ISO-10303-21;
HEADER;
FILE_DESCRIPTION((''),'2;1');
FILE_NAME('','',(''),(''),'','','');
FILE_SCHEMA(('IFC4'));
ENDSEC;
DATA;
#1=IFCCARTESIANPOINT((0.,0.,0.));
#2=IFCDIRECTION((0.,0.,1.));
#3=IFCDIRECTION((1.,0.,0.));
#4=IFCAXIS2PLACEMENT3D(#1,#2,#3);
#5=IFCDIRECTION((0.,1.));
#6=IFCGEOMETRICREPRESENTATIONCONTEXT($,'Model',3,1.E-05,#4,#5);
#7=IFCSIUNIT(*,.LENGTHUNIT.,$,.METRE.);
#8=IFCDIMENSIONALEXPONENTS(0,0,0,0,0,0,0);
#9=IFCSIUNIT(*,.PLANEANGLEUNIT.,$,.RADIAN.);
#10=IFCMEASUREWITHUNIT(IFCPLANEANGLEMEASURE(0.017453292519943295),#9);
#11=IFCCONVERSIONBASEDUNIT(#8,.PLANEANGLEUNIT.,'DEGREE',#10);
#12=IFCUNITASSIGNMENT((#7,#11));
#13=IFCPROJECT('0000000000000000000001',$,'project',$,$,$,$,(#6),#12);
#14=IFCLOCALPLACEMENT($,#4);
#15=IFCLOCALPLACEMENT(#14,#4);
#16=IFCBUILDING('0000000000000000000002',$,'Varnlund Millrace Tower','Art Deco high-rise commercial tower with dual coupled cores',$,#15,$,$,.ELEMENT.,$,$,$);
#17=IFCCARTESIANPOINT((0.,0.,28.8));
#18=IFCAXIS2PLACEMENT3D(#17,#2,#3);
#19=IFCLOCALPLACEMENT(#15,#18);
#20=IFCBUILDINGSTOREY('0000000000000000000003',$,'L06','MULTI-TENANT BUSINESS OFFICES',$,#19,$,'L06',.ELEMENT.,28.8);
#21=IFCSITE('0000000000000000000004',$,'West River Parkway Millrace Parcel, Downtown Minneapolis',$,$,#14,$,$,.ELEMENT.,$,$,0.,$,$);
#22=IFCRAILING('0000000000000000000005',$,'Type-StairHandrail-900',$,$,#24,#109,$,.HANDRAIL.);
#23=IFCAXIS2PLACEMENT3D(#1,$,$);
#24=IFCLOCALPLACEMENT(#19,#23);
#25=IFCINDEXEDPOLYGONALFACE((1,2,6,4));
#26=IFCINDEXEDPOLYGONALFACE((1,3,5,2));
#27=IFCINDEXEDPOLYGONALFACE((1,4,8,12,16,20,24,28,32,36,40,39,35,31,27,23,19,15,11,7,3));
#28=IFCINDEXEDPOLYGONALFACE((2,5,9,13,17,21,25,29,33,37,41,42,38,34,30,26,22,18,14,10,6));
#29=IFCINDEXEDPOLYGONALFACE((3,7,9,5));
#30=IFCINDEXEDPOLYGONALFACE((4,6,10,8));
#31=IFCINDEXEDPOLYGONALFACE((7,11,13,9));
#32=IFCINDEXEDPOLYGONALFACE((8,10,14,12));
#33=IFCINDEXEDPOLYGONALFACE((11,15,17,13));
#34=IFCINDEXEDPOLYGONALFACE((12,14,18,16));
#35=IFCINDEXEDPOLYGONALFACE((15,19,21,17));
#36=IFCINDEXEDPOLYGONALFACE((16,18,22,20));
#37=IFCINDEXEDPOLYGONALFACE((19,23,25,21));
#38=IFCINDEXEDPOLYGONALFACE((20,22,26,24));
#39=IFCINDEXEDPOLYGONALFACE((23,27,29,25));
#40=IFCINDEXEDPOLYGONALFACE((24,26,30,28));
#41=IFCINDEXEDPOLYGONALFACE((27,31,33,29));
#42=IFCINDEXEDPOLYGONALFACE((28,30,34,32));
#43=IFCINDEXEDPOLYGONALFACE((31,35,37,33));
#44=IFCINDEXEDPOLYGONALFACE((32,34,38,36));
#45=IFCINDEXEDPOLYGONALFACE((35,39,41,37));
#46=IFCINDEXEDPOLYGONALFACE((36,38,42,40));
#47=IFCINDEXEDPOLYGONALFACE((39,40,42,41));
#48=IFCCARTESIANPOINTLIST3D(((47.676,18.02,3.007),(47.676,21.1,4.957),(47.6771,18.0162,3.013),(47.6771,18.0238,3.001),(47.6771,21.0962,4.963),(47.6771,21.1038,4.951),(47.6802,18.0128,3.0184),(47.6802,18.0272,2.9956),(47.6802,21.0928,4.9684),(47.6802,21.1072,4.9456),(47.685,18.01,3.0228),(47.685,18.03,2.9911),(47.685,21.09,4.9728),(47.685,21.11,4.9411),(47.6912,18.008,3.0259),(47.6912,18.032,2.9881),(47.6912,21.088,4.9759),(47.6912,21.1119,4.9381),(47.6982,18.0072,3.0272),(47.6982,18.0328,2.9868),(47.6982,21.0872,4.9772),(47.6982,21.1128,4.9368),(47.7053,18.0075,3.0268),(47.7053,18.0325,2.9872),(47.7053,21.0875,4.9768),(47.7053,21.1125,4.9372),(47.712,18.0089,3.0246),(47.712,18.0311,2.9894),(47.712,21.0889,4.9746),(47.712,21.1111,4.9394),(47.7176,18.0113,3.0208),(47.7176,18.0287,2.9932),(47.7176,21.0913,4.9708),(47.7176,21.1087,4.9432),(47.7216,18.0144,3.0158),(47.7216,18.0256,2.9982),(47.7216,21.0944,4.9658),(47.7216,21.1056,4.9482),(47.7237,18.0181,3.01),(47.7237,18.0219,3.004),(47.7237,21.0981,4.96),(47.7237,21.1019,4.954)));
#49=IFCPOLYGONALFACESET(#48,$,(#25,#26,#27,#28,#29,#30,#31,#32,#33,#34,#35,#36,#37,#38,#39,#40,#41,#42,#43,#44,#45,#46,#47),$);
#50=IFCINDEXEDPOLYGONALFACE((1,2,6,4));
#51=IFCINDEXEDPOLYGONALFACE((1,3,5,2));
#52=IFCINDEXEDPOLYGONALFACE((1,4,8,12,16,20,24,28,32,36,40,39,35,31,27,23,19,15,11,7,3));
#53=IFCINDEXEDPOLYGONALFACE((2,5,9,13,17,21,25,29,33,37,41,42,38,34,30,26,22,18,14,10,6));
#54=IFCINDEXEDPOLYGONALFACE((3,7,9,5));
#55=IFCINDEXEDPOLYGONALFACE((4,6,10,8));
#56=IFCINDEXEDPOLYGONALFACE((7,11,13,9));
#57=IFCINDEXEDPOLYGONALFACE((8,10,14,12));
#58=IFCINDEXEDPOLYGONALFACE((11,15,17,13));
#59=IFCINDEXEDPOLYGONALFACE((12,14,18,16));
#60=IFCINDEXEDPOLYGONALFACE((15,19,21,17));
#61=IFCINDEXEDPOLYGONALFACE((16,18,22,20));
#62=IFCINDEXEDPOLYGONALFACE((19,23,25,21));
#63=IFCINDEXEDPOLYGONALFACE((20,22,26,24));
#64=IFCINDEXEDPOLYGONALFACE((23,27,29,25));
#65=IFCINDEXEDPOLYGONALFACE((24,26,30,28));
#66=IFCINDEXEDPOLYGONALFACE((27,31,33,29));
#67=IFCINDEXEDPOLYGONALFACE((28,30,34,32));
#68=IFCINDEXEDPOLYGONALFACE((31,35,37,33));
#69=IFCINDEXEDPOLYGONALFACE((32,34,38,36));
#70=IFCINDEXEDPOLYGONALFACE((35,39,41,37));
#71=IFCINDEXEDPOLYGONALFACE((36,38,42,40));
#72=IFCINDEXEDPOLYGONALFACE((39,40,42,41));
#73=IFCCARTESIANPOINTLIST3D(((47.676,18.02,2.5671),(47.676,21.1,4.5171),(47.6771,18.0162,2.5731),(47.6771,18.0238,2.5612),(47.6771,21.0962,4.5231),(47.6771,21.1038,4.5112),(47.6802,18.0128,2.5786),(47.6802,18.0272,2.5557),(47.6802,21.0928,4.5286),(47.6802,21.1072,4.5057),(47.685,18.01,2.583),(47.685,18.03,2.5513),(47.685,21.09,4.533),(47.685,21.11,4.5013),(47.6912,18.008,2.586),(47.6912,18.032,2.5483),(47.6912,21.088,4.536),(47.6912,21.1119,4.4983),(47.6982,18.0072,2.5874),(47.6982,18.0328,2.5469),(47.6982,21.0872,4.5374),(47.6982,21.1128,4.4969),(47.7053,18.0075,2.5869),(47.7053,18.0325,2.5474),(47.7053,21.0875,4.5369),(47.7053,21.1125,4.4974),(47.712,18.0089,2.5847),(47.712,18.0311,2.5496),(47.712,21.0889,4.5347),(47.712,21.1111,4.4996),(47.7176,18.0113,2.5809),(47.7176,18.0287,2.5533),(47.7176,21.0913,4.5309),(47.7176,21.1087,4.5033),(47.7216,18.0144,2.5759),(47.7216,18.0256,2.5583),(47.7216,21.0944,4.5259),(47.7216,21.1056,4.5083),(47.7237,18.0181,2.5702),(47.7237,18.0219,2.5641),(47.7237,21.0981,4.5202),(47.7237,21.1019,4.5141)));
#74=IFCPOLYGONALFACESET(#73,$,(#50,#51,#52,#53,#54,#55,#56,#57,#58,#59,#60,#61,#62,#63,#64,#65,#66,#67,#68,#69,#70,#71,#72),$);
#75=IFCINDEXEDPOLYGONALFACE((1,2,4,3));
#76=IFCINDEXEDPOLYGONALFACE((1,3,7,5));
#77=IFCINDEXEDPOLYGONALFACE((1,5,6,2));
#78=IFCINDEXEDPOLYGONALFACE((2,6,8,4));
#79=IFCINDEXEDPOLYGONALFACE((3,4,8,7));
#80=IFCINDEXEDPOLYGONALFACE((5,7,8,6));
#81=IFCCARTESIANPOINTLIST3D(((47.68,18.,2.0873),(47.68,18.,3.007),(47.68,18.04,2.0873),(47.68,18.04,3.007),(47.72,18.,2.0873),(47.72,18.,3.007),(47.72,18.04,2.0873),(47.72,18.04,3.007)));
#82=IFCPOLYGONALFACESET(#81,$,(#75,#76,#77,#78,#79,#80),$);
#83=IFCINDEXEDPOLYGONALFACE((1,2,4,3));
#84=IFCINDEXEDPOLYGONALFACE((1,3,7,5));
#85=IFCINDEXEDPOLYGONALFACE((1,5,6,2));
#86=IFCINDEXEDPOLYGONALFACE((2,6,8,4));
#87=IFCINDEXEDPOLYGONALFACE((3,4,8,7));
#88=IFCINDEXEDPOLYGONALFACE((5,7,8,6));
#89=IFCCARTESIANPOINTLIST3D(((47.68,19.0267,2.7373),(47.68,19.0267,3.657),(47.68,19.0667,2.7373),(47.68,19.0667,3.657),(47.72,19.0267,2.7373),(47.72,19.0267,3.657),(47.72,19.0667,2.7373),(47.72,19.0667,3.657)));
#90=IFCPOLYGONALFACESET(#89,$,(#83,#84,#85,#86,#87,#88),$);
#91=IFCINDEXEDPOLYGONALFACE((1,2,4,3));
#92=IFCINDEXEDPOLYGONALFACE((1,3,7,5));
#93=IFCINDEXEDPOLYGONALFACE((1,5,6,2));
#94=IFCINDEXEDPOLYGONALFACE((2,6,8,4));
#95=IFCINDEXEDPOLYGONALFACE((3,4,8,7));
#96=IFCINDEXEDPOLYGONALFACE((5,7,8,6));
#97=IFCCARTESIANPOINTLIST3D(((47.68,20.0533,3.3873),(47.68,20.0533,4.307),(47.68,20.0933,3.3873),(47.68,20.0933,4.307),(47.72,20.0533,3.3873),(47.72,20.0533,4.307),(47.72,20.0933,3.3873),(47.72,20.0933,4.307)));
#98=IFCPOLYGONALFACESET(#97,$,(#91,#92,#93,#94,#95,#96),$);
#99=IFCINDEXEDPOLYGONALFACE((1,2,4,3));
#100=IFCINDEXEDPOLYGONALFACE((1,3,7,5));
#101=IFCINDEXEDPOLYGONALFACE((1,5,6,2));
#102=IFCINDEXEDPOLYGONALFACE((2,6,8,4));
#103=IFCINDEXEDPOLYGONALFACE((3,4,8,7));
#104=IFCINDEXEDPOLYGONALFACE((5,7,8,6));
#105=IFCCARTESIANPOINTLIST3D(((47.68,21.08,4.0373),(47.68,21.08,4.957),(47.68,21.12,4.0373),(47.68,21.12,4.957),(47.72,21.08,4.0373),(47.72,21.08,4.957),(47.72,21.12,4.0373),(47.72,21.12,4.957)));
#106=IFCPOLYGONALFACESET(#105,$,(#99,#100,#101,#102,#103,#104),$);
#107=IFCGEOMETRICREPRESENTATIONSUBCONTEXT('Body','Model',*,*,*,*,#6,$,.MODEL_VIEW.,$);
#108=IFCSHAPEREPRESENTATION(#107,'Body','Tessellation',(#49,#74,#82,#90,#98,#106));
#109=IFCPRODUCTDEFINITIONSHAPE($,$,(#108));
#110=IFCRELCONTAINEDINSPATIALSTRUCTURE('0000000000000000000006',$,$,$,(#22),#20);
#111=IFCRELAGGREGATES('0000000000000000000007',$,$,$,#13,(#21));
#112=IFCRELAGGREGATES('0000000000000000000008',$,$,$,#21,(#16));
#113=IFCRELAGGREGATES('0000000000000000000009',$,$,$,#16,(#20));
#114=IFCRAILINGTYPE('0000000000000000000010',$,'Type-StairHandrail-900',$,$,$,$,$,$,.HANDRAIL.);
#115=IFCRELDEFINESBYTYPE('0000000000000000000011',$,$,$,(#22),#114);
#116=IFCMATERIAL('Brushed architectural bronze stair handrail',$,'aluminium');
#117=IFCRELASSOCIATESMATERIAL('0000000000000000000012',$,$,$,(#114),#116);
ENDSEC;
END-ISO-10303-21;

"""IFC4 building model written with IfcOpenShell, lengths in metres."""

from ifc_helpers import new_model, entity, si_unit, converted_unit, direction, frame, origin_with_axes, origin_2d_with_axis, place, context, subcontext, project, spatial, rectangle, circle, extrude, material, type_object, element, save


model = new_model("IFC4")

# Units and contexts
model_context = context("Model", 3, precision=1e-05, world=origin_with_axes(), true_north=direction((0.0, 1.0)))
body_context = subcontext(model_context, "Body", "Model", "MODEL_VIEW")
ifc_project = project(units=[si_unit("LENGTHUNIT", "METRE"), converted_unit("PLANEANGLEUNIT", "DEGREE", entity("IfcPlaneAngleMeasure", 0.017453292519943295), si_unit("PLANEANGLEUNIT", "RADIAN"), dimensions=[0, 0, 0, 0, 0, 0, 0])], contexts=[model_context])

# Site, building, storey
site_placement = place(None, origin_with_axes())
site = spatial("IfcSite", under=ifc_project, at=site_placement, Name="West River Parkway Millrace Parcel, Downtown Minneapolis", CompositionType="ELEMENT", RefElevation=0.0)
building_placement = place(site_placement, origin_with_axes())
building = spatial("IfcBuilding", under=site, at=building_placement, Name="Varnlund Millrace Tower", Description="Art Deco high-rise commercial tower with dual coupled cores", CompositionType="ELEMENT")
storey_placement = place(building_placement, frame((0.0, 0.0, 28.8), z_axis=(0.0, 0.0, 1.0), x_axis=(1.0, 0.0, 0.0)))
storey = spatial("IfcBuildingStorey", under=building, at=storey_placement, Name="L06", Description="MULTI-TENANT BUSINESS OFFICES", LongName="L06", CompositionType="ELEMENT", Elevation=28.8)

# Railing
ifc_material_1 = material(Name="Brushed architectural bronze stair handrail", Category="aluminium")
railing_type_1 = type_object("IfcRailingType", Name="Type-StairHandrail-900", PredefinedType="HANDRAIL", material=ifc_material_1)
railing_1_placement = place(storey_placement, frame((0.0, 0.0, -28.8), z_axis=(0.0, 0.0, 1.0), x_axis=(1.0, 0.0, 0.0)))
element("IfcRailing", 1, at=railing_1_placement, inside=storey, type_object=railing_type_1, Name="Type-StairHandrail-900", PredefinedType="HANDRAIL", context=body_context, shape_type="SweptSolid", body=[
    extrude(circle(Radius=0.024, at=origin_2d_with_axis()), frame((47.7, 18.02, 31.807), z_axis=(0.0, 0.844902, 0.534922), x_axis=(-1.0, 0.0, 0.0)), (0.0, 0.0, 1.0), 3.6454),
    extrude(circle(Radius=0.024, at=origin_2d_with_axis()), frame((47.7, 18.02, 31.3671), z_axis=(0.0, 0.844902, 0.534922), x_axis=(-1.0, 0.0, 0.0)), (0.0, 0.0, 1.0), 3.6454),
    extrude(rectangle(XDim=0.04, YDim=0.04, at=origin_2d_with_axis()), frame((47.7, 18.02, 30.8873), z_axis=(0.0, 0.0, 1.0), x_axis=(1.0, 0.0, 0.0)), (0.0, 0.0, 1.0), 0.9197),
    extrude(rectangle(XDim=0.04, YDim=0.04, at=origin_2d_with_axis()), frame((47.7, 19.0467, 31.5373), z_axis=(0.0, 0.0, 1.0), x_axis=(1.0, 0.0, 0.0)), (0.0, 0.0, 1.0), 0.9197),
    extrude(rectangle(XDim=0.04, YDim=0.04, at=origin_2d_with_axis()), frame((47.7, 20.0733, 32.1873), z_axis=(0.0, 0.0, 1.0), x_axis=(1.0, 0.0, 0.0)), (0.0, 0.0, 1.0), 0.9197),
    extrude(rectangle(XDim=0.04, YDim=0.04, at=origin_2d_with_axis()), frame((47.7, 21.1, 32.8373), z_axis=(0.0, 0.0, 1.0), x_axis=(1.0, 0.0, 0.0)), (0.0, 0.0, 1.0), 0.9197),
])

save(model, "model.ifc")
